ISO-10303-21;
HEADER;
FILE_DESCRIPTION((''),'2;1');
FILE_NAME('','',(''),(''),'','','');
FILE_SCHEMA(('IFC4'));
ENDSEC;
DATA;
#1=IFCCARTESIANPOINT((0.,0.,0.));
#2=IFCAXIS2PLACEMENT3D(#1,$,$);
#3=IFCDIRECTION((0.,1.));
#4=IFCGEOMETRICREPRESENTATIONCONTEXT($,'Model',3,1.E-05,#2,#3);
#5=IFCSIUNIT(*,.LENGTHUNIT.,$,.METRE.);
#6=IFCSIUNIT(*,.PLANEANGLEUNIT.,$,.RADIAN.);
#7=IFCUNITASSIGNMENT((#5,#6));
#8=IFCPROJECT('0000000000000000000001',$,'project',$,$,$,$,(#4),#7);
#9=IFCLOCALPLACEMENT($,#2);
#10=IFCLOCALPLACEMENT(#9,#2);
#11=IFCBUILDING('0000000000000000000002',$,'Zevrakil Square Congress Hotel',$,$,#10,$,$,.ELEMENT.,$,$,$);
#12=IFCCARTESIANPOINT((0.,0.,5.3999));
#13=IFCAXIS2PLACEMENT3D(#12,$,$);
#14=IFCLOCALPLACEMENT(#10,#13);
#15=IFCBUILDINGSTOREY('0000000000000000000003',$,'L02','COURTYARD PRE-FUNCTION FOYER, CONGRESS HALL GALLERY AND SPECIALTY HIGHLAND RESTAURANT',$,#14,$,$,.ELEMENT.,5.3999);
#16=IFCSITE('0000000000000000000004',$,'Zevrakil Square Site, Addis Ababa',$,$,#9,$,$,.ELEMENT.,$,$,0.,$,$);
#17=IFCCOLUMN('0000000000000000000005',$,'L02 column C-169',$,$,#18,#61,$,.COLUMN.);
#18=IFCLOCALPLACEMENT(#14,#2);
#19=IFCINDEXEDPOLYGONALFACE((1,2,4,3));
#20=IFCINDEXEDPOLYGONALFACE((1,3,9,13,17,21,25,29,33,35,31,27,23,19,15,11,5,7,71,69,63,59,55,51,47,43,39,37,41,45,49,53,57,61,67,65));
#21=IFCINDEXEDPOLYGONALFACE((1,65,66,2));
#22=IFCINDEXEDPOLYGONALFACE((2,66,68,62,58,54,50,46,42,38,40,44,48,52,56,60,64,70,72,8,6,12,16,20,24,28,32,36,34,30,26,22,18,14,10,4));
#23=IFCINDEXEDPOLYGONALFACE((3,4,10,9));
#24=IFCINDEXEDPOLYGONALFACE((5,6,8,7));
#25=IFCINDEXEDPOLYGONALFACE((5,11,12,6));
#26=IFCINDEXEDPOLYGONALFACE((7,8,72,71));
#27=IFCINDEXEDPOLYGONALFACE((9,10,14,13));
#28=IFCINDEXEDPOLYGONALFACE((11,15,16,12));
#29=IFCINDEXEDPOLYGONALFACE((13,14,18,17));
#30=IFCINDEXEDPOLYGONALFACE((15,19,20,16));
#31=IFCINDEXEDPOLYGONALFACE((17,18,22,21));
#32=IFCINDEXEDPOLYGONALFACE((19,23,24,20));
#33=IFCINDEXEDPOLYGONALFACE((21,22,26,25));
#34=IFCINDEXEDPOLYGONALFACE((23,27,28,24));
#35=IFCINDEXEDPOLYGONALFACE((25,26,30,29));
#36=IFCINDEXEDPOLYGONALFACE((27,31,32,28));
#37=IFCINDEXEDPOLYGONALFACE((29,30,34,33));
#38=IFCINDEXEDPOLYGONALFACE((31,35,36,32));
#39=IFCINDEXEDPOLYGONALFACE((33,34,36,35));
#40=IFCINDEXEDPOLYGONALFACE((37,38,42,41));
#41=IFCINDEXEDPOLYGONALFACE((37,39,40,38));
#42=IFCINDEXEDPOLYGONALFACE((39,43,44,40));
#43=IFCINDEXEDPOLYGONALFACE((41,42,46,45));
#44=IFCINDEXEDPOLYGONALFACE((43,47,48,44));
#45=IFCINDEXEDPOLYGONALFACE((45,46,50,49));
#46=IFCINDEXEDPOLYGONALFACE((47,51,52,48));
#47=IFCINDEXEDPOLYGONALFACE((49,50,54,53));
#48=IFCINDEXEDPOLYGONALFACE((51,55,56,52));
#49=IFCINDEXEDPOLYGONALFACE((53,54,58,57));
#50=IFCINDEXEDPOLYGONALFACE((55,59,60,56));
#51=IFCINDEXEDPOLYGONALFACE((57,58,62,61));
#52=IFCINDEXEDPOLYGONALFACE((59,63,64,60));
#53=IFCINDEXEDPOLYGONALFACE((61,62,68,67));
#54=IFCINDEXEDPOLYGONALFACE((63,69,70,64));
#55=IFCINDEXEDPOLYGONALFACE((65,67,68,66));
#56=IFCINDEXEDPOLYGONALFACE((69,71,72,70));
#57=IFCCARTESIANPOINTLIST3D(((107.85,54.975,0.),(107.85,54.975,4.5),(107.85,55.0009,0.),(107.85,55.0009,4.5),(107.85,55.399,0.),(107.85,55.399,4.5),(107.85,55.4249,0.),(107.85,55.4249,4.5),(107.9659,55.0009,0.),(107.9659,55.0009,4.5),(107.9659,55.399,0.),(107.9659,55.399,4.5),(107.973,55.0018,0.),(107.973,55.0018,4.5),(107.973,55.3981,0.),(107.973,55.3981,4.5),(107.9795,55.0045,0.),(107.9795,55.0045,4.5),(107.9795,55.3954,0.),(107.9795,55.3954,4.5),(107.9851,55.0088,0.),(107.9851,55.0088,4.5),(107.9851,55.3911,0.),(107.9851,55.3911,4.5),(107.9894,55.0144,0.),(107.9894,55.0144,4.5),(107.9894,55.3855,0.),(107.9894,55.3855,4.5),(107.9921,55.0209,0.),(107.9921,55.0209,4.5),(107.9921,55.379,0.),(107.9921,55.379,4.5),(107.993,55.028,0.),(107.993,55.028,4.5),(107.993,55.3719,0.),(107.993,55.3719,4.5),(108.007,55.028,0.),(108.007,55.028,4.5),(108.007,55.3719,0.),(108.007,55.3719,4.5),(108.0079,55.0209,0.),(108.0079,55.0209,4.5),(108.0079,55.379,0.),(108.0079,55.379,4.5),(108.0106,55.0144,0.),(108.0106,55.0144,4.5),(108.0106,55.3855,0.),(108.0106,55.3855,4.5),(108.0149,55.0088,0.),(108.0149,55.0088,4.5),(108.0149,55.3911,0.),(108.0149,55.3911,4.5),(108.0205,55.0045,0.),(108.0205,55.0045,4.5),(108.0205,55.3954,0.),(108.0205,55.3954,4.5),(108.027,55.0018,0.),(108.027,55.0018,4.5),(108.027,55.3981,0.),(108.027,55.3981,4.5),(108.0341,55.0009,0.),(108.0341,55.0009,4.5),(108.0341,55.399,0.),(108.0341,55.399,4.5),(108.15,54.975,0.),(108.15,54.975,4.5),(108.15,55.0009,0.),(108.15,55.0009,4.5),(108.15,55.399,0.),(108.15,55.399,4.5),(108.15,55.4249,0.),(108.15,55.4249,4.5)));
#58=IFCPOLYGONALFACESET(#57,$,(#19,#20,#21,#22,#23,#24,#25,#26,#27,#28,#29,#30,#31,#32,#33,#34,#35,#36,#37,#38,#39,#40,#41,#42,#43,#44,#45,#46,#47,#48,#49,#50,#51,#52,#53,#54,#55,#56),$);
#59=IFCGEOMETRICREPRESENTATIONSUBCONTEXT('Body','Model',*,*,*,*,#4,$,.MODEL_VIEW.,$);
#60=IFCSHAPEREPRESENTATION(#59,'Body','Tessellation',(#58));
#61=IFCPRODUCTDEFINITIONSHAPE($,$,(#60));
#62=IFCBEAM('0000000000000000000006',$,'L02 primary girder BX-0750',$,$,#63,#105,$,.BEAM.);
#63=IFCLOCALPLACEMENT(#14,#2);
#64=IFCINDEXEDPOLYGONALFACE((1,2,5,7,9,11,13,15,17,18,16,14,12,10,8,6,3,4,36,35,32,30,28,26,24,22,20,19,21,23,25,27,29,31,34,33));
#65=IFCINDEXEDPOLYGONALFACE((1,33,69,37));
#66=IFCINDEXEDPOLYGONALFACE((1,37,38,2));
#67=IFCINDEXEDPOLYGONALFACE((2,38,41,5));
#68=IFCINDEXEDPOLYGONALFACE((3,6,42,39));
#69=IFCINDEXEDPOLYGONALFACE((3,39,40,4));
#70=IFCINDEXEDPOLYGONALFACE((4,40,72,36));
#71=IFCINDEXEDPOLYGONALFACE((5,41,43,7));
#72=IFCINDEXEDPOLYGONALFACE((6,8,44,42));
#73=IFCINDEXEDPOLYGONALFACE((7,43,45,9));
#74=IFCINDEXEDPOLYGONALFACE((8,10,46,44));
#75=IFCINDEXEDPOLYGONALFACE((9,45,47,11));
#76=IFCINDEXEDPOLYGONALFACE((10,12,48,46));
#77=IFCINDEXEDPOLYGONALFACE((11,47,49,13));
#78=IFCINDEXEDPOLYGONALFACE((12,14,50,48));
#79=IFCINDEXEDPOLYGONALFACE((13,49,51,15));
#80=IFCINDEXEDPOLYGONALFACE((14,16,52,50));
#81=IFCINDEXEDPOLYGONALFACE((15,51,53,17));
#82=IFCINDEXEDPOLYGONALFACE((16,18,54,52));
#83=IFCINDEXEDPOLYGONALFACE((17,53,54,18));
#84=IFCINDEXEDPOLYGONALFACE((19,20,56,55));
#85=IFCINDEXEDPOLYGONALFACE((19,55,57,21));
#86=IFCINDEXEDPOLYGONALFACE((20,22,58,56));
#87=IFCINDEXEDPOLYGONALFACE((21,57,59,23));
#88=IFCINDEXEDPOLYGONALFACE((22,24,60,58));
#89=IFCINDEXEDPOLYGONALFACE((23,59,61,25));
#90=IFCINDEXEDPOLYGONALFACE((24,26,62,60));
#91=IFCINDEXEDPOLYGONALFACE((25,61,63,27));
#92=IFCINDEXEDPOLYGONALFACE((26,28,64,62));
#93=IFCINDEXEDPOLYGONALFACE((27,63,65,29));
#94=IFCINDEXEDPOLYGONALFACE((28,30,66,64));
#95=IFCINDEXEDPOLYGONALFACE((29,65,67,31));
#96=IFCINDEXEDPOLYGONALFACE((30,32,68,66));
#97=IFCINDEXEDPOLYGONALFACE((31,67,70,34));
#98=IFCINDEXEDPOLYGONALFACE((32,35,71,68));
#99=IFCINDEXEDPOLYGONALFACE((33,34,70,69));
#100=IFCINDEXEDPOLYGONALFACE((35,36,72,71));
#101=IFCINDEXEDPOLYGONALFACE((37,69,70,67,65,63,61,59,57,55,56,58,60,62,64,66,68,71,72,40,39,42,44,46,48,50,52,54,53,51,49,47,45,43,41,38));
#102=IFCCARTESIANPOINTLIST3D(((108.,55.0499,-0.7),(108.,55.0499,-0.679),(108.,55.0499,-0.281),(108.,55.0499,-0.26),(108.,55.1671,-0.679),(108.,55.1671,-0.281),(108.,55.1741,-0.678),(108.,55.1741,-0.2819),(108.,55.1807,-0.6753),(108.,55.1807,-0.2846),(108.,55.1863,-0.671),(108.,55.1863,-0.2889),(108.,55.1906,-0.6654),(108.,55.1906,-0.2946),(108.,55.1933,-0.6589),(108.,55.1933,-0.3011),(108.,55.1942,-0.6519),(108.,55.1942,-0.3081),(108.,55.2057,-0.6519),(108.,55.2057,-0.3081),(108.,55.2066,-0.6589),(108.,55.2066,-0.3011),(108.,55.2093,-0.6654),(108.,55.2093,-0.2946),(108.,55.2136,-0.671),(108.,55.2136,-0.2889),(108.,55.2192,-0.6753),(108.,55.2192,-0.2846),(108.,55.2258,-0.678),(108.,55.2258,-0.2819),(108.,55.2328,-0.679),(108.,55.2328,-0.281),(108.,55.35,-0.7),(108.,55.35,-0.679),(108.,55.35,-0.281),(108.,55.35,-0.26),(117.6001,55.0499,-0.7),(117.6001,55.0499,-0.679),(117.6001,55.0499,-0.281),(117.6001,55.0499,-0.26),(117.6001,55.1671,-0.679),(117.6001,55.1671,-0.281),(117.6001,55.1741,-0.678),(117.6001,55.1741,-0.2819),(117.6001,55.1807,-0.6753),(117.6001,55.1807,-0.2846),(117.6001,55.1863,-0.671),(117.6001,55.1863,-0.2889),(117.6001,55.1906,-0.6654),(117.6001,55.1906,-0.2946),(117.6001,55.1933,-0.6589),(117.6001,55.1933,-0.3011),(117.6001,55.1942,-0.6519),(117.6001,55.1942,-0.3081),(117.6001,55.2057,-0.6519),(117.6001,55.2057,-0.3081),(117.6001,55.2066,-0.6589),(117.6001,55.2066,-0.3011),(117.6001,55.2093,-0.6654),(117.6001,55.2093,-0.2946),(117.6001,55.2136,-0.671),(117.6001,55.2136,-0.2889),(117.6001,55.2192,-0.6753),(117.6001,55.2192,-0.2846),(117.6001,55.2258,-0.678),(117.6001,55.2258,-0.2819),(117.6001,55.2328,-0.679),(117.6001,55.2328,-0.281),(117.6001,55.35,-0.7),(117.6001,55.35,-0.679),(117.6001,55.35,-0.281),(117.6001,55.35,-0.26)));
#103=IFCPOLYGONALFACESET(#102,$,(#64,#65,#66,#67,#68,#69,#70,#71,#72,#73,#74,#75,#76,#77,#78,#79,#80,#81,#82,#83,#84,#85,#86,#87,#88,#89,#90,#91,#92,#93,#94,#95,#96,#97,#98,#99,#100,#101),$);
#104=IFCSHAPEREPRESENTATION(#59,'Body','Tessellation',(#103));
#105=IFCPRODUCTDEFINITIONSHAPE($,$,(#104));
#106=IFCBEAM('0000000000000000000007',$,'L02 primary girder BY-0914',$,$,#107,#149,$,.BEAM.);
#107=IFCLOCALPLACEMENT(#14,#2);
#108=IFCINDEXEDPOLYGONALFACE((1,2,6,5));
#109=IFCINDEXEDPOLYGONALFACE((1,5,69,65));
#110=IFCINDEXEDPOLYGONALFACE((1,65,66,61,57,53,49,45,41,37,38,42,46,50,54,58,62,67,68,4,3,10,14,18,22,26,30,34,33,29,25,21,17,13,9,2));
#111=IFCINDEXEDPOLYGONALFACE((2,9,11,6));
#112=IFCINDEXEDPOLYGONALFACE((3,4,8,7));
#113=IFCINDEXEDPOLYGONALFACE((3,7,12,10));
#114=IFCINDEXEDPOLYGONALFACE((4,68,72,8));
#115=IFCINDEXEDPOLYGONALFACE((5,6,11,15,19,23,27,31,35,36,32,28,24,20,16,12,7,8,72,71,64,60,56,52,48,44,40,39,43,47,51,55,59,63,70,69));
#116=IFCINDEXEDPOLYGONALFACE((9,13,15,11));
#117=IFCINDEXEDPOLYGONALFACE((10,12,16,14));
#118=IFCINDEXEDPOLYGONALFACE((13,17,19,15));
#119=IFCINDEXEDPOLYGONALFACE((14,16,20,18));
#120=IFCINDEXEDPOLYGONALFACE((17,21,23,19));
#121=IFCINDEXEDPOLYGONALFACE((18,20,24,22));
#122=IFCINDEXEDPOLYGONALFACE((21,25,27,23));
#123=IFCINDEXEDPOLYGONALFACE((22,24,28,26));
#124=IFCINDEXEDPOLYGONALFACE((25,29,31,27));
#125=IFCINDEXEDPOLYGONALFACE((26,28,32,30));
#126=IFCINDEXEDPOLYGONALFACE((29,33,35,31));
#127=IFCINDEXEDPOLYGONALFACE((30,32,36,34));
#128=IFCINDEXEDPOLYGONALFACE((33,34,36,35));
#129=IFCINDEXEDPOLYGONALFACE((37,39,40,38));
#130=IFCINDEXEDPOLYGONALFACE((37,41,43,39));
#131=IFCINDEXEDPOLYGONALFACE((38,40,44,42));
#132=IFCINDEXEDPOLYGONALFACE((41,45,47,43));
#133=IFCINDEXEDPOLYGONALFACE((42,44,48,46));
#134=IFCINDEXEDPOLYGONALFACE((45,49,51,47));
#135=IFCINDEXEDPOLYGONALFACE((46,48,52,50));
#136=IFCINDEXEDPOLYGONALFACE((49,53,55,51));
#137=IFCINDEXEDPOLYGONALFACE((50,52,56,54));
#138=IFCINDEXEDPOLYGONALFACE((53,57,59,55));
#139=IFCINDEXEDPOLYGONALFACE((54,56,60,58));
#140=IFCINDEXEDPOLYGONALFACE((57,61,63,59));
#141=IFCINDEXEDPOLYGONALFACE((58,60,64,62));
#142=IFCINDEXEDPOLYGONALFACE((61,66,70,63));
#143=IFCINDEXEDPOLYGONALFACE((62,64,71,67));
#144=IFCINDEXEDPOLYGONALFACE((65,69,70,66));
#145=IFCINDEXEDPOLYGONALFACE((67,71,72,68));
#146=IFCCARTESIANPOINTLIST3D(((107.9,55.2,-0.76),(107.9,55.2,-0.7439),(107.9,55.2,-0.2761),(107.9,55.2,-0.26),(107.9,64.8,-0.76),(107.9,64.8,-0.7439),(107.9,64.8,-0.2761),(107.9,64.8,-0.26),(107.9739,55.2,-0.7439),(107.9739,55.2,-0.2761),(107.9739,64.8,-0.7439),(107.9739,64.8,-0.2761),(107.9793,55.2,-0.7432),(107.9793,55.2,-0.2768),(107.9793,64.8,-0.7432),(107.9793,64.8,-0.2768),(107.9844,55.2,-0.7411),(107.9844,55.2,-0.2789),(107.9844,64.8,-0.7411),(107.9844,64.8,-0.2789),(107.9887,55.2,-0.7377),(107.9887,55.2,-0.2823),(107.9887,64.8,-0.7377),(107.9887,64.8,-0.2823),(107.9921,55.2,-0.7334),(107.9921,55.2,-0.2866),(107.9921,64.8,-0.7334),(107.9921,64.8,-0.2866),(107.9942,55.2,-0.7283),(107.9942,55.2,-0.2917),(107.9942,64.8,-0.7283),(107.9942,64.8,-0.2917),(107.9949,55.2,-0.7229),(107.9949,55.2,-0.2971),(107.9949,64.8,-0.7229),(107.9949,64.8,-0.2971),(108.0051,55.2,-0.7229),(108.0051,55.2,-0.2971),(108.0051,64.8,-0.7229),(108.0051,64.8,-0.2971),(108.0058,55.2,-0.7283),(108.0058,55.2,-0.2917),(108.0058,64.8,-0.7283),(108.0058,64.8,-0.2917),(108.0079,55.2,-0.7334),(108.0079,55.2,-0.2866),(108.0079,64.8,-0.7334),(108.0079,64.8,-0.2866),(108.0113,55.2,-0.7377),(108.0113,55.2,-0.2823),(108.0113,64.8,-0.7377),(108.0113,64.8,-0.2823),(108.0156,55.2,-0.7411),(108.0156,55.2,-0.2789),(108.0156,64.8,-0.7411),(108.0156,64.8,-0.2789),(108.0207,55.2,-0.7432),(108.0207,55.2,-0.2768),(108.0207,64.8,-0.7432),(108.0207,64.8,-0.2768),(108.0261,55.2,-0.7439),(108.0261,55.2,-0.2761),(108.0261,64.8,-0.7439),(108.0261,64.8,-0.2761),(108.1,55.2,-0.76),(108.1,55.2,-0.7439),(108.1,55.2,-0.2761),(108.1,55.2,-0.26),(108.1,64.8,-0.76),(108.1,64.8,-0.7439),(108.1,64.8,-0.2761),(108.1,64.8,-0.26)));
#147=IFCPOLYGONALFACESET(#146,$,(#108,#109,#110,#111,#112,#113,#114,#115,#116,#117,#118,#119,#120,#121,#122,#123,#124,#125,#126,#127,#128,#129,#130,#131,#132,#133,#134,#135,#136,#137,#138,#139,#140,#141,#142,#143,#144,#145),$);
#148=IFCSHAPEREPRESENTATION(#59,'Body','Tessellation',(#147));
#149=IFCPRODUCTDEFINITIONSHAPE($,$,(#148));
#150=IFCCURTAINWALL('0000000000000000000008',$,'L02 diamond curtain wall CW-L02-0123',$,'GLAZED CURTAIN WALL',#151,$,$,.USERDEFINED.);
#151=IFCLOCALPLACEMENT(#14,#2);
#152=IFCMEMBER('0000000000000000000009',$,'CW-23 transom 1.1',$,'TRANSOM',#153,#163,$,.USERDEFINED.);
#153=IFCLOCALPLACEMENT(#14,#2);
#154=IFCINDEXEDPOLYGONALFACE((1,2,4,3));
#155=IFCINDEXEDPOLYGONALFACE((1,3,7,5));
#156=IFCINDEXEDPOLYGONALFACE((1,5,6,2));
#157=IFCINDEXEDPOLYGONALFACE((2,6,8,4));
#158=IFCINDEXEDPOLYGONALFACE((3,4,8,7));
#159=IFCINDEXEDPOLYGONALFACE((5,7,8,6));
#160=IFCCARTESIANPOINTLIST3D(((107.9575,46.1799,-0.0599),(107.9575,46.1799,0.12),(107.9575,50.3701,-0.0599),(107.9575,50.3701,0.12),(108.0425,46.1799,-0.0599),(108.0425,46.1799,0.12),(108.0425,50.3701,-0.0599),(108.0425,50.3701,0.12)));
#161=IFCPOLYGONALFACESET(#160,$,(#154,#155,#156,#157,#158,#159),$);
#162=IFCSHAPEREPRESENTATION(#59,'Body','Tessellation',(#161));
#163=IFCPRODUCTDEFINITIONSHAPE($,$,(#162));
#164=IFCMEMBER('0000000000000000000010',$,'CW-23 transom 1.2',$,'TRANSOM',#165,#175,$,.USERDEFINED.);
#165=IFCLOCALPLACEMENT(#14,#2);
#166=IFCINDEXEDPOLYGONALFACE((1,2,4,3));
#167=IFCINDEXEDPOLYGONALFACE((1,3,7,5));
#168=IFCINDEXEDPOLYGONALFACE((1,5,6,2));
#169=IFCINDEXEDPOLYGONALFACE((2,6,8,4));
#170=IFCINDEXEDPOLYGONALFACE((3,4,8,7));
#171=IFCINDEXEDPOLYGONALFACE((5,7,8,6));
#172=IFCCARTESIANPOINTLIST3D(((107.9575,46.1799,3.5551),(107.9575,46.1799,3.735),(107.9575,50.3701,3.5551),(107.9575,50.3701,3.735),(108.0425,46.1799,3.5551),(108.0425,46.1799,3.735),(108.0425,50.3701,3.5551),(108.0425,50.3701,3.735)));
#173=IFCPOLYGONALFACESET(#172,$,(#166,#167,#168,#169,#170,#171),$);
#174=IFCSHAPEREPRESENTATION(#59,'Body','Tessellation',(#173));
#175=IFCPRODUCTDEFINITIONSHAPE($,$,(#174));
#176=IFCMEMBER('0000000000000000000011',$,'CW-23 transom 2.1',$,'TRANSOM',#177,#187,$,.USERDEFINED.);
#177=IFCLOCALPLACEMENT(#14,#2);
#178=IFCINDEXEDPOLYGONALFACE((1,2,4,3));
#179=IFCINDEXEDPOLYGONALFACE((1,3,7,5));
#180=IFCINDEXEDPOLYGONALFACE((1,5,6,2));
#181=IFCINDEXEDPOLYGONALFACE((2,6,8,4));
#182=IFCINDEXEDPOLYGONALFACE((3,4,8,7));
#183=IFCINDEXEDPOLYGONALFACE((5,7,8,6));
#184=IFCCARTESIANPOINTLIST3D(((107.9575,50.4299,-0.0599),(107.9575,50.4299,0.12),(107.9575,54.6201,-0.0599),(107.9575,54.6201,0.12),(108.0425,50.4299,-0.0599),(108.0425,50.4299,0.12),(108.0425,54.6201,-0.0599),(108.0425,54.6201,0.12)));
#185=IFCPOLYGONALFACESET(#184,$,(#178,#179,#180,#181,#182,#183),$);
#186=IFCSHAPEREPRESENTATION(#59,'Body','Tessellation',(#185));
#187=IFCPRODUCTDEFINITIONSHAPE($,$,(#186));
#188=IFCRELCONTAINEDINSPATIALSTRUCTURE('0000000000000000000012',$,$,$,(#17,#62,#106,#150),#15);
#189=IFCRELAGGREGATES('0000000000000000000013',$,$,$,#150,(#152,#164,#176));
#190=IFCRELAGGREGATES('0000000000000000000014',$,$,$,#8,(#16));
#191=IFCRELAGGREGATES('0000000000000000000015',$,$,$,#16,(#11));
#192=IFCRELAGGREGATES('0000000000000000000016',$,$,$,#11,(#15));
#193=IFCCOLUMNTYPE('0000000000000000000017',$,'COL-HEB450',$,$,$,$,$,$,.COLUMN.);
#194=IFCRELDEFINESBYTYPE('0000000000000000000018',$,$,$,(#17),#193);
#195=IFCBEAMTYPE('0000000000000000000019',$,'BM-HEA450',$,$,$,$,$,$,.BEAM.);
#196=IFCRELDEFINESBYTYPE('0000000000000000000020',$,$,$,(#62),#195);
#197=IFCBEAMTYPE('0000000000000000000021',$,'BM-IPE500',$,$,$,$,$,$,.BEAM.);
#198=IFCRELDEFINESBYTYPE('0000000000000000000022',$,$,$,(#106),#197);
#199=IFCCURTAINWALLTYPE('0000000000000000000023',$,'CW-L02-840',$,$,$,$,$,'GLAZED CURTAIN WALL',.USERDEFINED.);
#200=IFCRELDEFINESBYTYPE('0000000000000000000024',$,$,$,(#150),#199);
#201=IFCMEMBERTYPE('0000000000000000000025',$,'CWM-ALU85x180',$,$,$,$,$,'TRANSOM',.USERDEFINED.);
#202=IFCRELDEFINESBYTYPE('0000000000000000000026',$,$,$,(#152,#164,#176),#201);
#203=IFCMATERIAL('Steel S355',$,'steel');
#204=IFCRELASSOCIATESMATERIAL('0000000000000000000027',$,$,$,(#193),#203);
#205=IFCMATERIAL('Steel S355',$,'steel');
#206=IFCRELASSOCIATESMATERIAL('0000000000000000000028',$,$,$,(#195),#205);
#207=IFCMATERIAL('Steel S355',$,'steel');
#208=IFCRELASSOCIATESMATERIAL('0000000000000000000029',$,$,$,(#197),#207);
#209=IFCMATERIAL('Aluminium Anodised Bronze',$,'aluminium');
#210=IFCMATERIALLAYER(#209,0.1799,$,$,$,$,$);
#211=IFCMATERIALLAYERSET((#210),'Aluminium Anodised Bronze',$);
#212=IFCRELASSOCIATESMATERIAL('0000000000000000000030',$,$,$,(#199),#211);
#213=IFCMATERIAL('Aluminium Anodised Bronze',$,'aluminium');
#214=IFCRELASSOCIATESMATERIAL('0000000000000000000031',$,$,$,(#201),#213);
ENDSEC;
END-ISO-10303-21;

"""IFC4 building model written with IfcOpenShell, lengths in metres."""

from ifc_helpers import new_model, si_unit, direction, frame, origin, origin_2d, place, context, subcontext, project, spatial, rectangle, i_section, extrude, material, layer, layer_set, material_profile, profile_set, type_object, element, aggregate, save


model = new_model("IFC4")

# Units and contexts
model_context = context("Model", 3, precision=1e-05, world=origin(), true_north=direction((0.0, 1.0)))
body_context = subcontext(model_context, "Body", "Model", "MODEL_VIEW")
ifc_project = project(units=[si_unit("LENGTHUNIT", "METRE"), si_unit("PLANEANGLEUNIT", "RADIAN")], contexts=[model_context])

# Site, building, storey
site_placement = place(None, origin())
site = spatial("IfcSite", under=ifc_project, at=site_placement, Name="Zevrakil Square Site, Addis Ababa", CompositionType="ELEMENT", RefElevation=0.0)
building_placement = place(site_placement, origin())
building = spatial("IfcBuilding", under=site, at=building_placement, Name="Zevrakil Square Congress Hotel", CompositionType="ELEMENT")
storey_placement = place(building_placement, frame((0.0, 0.0, 5.3999)))
storey = spatial("IfcBuildingStorey", under=building, at=storey_placement, Name="L02", Description="COURTYARD PRE-FUNCTION FOYER, CONGRESS HALL GALLERY AND SPECIALTY HIGHLAND RESTAURANT", CompositionType="ELEMENT", Elevation=5.3999)

# Column
ifc_material_1 = material(Name="Steel S355", Category="steel")
ifc_material_profile_1 = material_profile(ifc_material_1, i_section(OverallWidth=0.3, OverallDepth=0.45, WebThickness=0.0139, FlangeThickness=0.0259, FilletRadius=0.0271, at=origin_2d()), Name="HEB 450")
ifc_profile_set_1 = profile_set([ifc_material_profile_1], Name="Steel S355")
column_type = type_object("IfcColumnType", Name="COL-HEB450", PredefinedType="COLUMN", material=ifc_profile_set_1)
column_placement = place(storey_placement, frame((108.0, 55.2, 0.0), z_axis=(0.0, 0.0, 1.0), x_axis=(1.0, 0.0, 0.0)))
element("IfcColumn", 1, at=column_placement, inside=storey, type_object=column_type, Name="L02 column C-169", PredefinedType="COLUMN", context=body_context, shape_type="SweptSolid", body=[
    extrude(i_section(OverallWidth=0.3, OverallDepth=0.45, WebThickness=0.0139, FlangeThickness=0.0259, FilletRadius=0.0271, at=origin_2d()), origin(), (0.0, 0.0, 1.0), 4.5),
])

# Beams
ifc_material_2 = material(Name="Steel S355", Category="steel")
ifc_material_profile_2 = material_profile(ifc_material_2, i_section(OverallWidth=0.3, OverallDepth=0.4399, WebThickness=0.0115, FlangeThickness=0.021, FilletRadius=0.0271, at=origin_2d()), Name="HEA 450")
ifc_profile_set_2 = profile_set([ifc_material_profile_2], Name="Steel S355")
beam_type_1 = type_object("IfcBeamType", Name="BM-HEA450", PredefinedType="BEAM", material=ifc_profile_set_2)
beam_1_placement = place(storey_placement, frame((108.0, 55.2, -0.48), z_axis=(1.0, 0.0, 0.0), x_axis=(0.0, 1.0, 0.0)))
element("IfcBeam", 2, at=beam_1_placement, inside=storey, type_object=beam_type_1, Name="L02 primary girder BX-0750", PredefinedType="BEAM", context=body_context, shape_type="SweptSolid", body=[
    extrude(i_section(OverallWidth=0.3, OverallDepth=0.4399, WebThickness=0.0115, FlangeThickness=0.021, FilletRadius=0.0271, at=origin_2d()), origin(), (0.0, 0.0, 1.0), 9.6001),
])
ifc_material_3 = material(Name="Steel S355", Category="steel")
ifc_material_profile_3 = material_profile(ifc_material_3, i_section(OverallWidth=0.2, OverallDepth=0.5, WebThickness=0.0103, FlangeThickness=0.0161, FilletRadius=0.021, at=origin_2d()), Name="IPE 500")
ifc_profile_set_3 = profile_set([ifc_material_profile_3], Name="Steel S355")
beam_type_2 = type_object("IfcBeamType", Name="BM-IPE500", PredefinedType="BEAM", material=ifc_profile_set_3)
beam_2_placement = place(storey_placement, frame((108.0, 55.2, -0.51), z_axis=(0.0, 1.0, 0.0), x_axis=(-1.0, 0.0, 0.0)))
element("IfcBeam", 3, at=beam_2_placement, inside=storey, type_object=beam_type_2, Name="L02 primary girder BY-0914", PredefinedType="BEAM", context=body_context, shape_type="SweptSolid", body=[
    extrude(i_section(OverallWidth=0.2, OverallDepth=0.5, WebThickness=0.0103, FlangeThickness=0.0161, FilletRadius=0.021, at=origin_2d()), origin(), (0.0, 0.0, 1.0), 9.6001),
])

# Curtain wall, members
ifc_material_4 = material(Name="Aluminium Anodised Bronze", Category="aluminium")
ifc_layer_1 = layer(ifc_material_4, 0.1799)
ifc_layer_set_1 = layer_set([ifc_layer_1], Name="Aluminium Anodised Bronze")
curtain_wall_type = type_object("IfcCurtainWallType", Name="CW-L02-840", ElementType="GLAZED CURTAIN WALL", PredefinedType="USERDEFINED", material=ifc_layer_set_1)
curtain_wall_1_placement = place(storey_placement, origin())
curtain_wall_1 = element("IfcCurtainWall", 4, at=curtain_wall_1_placement, inside=storey, type_object=curtain_wall_type, Name="L02 diamond curtain wall CW-L02-0123", ObjectType="GLAZED CURTAIN WALL", PredefinedType="USERDEFINED")
ifc_material_5 = material(Name="Aluminium Anodised Bronze", Category="aluminium")
ifc_material_profile_4 = material_profile(ifc_material_5, rectangle(XDim=0.085, YDim=0.1799, at=origin_2d()), Name="ALU 85x180")
ifc_profile_set_4 = profile_set([ifc_material_profile_4], Name="Aluminium Anodised Bronze")
member_type_1 = type_object("IfcMemberType", Name="CWM-ALU85x180", ElementType="TRANSOM", PredefinedType="USERDEFINED", material=ifc_profile_set_4)
member_1_placement = place(storey_placement, frame((108.0, 46.1799, 0.03), z_axis=(0.0, 1.0, 0.0), x_axis=(-1.0, 0.0, 0.0)))
member_1 = element("IfcMember", 5, at=member_1_placement, type_object=member_type_1, Name="CW-23 transom 1.1", ObjectType="TRANSOM", PredefinedType="USERDEFINED", context=body_context, shape_type="SweptSolid", body=[
    extrude(rectangle(XDim=0.085, YDim=0.1799, at=origin_2d()), origin(), (0.0, 0.0, 1.0), 4.1902),
])
member_2_placement = place(storey_placement, frame((108.0, 46.1799, 3.645), z_axis=(0.0, 1.0, 0.0), x_axis=(-1.0, 0.0, 0.0)))
member_2 = element("IfcMember", 6, at=member_2_placement, type_object=member_type_1, Name="CW-23 transom 1.2", ObjectType="TRANSOM", PredefinedType="USERDEFINED", context=body_context, shape_type="SweptSolid", body=[
    extrude(rectangle(XDim=0.085, YDim=0.1799, at=origin_2d()), origin(), (0.0, 0.0, 1.0), 4.1902),
])
member_3_placement = place(storey_placement, frame((108.0, 50.4299, 0.03), z_axis=(0.0, 1.0, 0.0), x_axis=(-1.0, 0.0, 0.0)))
member_3 = element("IfcMember", 7, at=member_3_placement, type_object=member_type_1, Name="CW-23 transom 2.1", ObjectType="TRANSOM", PredefinedType="USERDEFINED", context=body_context, shape_type="SweptSolid", body=[
    extrude(rectangle(XDim=0.085, YDim=0.1799, at=origin_2d()), origin(), (0.0, 0.0, 1.0), 4.1902),
])

aggregate(curtain_wall_1, [member_1, member_2, member_3])

save(model, "model.ifc")
